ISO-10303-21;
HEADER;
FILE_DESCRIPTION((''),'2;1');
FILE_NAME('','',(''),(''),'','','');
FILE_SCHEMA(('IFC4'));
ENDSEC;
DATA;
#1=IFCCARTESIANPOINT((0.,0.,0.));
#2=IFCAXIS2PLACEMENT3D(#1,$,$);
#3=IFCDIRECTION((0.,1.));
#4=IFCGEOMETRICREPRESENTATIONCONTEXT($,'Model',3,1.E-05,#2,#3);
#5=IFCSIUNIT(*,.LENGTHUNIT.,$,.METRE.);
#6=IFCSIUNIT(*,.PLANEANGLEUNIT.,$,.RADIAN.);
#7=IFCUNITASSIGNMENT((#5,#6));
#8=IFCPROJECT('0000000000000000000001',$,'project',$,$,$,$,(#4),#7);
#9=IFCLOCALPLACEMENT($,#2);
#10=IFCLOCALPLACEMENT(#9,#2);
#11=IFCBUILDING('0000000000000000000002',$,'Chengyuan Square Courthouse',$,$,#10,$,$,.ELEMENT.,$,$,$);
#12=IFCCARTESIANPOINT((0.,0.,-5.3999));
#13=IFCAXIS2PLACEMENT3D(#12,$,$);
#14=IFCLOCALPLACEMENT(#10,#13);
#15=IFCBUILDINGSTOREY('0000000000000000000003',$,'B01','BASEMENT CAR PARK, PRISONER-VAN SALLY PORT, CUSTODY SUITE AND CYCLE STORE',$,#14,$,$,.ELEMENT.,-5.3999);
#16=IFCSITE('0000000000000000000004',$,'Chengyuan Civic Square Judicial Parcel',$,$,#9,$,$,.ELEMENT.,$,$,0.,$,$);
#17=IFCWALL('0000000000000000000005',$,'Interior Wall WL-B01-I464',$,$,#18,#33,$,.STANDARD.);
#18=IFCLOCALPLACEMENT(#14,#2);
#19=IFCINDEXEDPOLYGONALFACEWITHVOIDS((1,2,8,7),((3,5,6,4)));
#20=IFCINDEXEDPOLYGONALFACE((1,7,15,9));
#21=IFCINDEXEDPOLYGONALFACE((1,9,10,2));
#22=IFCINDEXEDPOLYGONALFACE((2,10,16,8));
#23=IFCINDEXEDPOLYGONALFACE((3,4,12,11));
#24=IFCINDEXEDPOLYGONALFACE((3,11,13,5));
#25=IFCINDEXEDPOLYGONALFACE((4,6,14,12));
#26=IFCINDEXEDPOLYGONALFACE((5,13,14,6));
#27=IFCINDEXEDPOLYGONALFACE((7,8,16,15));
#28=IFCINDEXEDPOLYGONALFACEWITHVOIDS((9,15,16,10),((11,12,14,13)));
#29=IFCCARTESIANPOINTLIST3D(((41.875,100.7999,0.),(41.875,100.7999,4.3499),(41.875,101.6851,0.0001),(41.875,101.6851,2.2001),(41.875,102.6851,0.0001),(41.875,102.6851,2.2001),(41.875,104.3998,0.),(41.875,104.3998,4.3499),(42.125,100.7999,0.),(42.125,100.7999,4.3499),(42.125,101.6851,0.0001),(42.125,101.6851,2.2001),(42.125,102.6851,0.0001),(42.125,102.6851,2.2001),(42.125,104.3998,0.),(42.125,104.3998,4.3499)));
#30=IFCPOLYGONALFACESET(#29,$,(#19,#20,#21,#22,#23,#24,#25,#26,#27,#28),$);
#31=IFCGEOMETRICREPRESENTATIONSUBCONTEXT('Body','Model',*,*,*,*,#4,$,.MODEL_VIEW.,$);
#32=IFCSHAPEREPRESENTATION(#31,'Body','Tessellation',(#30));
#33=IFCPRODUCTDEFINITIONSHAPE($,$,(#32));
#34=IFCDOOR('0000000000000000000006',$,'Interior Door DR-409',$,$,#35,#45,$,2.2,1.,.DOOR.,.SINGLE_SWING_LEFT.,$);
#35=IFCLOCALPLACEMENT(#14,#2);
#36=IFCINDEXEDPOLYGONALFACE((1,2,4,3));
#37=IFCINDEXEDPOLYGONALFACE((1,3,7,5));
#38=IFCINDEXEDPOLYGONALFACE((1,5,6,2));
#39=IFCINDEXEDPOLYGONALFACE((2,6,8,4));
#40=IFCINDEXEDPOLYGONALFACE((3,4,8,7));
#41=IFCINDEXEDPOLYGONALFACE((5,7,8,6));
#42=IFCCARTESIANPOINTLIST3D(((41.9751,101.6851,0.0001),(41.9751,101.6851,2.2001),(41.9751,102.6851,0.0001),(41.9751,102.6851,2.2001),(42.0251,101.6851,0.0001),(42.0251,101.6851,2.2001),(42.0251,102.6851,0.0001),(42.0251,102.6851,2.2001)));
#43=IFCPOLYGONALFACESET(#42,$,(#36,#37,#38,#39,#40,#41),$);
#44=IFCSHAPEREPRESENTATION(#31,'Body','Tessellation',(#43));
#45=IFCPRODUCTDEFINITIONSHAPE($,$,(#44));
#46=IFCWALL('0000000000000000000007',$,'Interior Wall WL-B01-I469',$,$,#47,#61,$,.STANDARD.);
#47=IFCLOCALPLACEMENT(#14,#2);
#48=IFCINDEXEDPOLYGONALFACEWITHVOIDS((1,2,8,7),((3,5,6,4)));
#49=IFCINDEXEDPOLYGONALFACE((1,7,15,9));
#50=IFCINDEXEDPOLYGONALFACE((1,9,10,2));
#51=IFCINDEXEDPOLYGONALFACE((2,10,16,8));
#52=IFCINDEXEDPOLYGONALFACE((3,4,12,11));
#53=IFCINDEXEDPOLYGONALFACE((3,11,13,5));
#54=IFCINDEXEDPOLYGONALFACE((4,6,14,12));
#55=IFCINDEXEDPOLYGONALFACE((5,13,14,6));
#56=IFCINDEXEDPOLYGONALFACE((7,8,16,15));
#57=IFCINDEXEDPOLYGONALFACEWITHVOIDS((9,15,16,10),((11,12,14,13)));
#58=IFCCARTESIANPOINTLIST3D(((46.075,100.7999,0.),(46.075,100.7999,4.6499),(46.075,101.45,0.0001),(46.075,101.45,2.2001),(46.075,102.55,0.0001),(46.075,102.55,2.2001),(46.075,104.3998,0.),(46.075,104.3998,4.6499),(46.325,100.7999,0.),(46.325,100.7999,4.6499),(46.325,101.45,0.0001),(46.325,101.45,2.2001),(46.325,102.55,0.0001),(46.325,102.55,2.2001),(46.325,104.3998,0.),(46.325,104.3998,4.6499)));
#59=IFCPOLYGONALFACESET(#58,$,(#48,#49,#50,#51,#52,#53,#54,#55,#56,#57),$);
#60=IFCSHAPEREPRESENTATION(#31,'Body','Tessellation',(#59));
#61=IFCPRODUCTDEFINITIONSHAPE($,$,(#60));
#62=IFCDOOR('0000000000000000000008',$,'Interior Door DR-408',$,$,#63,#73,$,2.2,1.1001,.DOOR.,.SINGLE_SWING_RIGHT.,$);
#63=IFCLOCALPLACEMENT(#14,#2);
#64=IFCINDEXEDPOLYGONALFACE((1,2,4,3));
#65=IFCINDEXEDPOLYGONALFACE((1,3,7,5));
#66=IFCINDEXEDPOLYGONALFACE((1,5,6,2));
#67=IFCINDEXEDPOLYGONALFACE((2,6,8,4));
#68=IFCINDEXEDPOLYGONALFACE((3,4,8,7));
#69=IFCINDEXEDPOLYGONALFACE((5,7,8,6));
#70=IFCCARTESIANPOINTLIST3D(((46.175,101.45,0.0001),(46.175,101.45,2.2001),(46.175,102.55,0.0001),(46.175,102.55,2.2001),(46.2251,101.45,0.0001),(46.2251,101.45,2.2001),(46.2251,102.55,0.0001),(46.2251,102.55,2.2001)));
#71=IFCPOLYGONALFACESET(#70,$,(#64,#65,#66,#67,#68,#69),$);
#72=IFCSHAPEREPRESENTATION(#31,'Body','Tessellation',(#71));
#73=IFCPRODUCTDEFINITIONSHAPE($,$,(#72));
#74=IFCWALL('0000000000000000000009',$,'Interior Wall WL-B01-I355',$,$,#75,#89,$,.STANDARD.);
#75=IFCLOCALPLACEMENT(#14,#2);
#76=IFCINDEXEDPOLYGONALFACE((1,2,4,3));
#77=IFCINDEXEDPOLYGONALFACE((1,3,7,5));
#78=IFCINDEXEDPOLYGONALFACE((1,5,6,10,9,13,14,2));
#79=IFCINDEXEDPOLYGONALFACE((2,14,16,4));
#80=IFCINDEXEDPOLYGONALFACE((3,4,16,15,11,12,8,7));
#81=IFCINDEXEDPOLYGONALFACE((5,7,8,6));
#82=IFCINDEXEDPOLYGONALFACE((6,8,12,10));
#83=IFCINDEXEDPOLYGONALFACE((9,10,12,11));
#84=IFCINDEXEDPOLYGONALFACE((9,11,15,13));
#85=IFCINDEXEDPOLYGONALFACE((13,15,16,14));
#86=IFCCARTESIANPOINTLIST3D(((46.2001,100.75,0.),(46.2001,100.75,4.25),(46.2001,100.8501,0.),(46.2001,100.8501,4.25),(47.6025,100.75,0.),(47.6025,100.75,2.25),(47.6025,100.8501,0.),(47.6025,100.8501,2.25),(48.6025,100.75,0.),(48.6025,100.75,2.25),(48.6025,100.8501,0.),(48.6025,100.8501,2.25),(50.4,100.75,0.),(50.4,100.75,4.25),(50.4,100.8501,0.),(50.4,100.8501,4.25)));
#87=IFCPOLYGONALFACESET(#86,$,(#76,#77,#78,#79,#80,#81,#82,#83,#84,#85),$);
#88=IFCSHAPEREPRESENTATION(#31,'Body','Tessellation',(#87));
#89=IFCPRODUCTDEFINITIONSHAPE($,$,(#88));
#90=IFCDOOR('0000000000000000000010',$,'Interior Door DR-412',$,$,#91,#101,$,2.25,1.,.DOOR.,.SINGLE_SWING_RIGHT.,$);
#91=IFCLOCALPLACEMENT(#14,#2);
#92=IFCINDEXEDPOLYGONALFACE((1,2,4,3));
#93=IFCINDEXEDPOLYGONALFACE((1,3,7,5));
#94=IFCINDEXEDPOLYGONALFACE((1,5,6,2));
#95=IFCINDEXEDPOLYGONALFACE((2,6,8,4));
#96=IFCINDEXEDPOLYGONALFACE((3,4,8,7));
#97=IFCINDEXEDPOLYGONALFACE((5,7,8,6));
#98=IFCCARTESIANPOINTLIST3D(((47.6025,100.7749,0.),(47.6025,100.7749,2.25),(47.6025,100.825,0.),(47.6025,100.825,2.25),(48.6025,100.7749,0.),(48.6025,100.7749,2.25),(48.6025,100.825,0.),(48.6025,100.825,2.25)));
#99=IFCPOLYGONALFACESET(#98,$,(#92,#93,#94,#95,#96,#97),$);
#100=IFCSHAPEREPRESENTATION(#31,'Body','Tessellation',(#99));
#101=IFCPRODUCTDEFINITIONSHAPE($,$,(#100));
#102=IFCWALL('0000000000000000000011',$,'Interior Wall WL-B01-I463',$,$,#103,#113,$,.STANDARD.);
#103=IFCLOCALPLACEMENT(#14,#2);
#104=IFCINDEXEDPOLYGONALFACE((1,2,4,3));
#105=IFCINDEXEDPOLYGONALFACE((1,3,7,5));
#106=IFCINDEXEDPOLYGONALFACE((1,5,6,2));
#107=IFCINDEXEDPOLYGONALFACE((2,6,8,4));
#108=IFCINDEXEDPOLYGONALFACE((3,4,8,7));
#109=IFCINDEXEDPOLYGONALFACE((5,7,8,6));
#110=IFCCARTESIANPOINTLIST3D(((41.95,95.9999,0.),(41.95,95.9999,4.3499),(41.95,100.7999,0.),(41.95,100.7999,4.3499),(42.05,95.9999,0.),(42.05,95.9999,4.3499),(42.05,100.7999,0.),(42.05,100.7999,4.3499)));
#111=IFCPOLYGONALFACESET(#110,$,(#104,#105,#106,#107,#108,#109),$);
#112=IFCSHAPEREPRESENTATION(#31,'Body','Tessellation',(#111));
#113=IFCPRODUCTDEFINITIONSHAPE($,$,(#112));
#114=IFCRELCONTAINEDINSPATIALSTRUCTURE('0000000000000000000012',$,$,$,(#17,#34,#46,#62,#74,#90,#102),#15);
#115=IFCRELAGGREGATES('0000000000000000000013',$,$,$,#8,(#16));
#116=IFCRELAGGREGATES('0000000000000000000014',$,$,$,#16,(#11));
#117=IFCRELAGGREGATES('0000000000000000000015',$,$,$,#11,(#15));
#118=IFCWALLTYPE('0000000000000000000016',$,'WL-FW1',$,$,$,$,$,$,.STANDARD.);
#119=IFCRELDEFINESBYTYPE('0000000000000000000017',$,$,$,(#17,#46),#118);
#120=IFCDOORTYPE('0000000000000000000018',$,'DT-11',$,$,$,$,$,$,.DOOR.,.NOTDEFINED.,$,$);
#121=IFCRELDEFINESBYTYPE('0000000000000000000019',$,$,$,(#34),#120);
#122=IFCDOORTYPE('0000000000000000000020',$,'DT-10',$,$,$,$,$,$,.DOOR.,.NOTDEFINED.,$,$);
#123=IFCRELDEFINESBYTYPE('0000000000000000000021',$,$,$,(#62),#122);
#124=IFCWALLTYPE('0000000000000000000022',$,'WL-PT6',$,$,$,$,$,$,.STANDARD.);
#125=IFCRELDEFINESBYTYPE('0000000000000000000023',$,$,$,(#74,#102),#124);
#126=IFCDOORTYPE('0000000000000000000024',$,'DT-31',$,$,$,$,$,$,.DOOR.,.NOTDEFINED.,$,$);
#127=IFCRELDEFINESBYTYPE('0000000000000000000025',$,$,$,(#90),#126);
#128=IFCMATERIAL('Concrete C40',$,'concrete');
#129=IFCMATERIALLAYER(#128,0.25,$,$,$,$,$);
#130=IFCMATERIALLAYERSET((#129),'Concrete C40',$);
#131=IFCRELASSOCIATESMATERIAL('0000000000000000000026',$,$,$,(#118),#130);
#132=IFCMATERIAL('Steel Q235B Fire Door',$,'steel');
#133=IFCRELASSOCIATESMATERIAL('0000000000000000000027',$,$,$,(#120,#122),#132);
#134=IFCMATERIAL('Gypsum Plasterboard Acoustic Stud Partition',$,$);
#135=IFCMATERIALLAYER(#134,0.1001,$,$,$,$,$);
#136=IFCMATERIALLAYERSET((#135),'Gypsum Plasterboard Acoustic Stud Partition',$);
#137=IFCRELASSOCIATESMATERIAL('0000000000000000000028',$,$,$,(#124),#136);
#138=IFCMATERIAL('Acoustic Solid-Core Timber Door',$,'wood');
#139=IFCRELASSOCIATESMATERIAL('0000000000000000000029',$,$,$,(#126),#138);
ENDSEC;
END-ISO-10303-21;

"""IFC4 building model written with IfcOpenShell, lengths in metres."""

from ifc_helpers import new_model, si_unit, direction, frame, frame_2d, origin, place, context, subcontext, project, spatial, rectangle, extrude, material, layer, layer_set, type_object, element, fill, save


model = new_model("IFC4")

# Units and contexts
model_context = context("Model", 3, precision=1e-05, world=origin(), true_north=direction((0.0, 1.0)))
body_context = subcontext(model_context, "Body", "Model", "MODEL_VIEW")
ifc_project = project(units=[si_unit("LENGTHUNIT", "METRE"), si_unit("PLANEANGLEUNIT", "RADIAN")], contexts=[model_context])

# Site, building, storey
site_placement = place(None, origin())
site = spatial("IfcSite", under=ifc_project, at=site_placement, Name="Chengyuan Civic Square Judicial Parcel", CompositionType="ELEMENT", RefElevation=0.0)
building_placement = place(site_placement, origin())
building = spatial("IfcBuilding", under=site, at=building_placement, Name="Chengyuan Square Courthouse", CompositionType="ELEMENT")
storey_placement = place(building_placement, frame((0.0, 0.0, -5.3999)))
storey = spatial("IfcBuildingStorey", under=building, at=storey_placement, Name="B01", Description="BASEMENT CAR PARK, PRISONER-VAN SALLY PORT, CUSTODY SUITE AND CYCLE STORE", CompositionType="ELEMENT", Elevation=-5.3999)

# Shared definitions
ifc_material_1 = material(Name="Concrete C40", Category="concrete")

# Shared definitions
ifc_layer_1 = layer(ifc_material_1, 0.25)
ifc_layer_set_1 = layer_set([ifc_layer_1], Name="Concrete C40")
wall_type_1 = type_object("IfcWallType", Name="WL-FW1", PredefinedType="STANDARD", material=ifc_layer_set_1)

# Walls, openings, doors
ifc_material_2 = material(Name="Steel Q235B Fire Door", Category="steel")
wall_1_placement = place(storey_placement, frame((42.0, 100.8, 0.0), z_axis=(0.0, 0.0, 1.0), x_axis=(0.0, 1.0, 0.0)))
wall_1 = element("IfcWall", 1, at=wall_1_placement, inside=storey, type_object=wall_type_1, Name="Interior Wall WL-B01-I464", PredefinedType="STANDARD", context=body_context, shape_type="SweptSolid", body=[
    extrude(rectangle(XDim=3.5999, YDim=0.25, at=frame_2d((1.7998, 0.0))), origin(), (0.0, 0.0, 1.0), 4.3499),
])
opening_1_placement = place(wall_1_placement, frame((0.885, 0.0, 0.0)))
opening_1 = element("IfcOpeningElement", 2, at=opening_1_placement, cuts=wall_1, PredefinedType="OPENING", context=body_context, shape_type="SweptSolid", body=[
    extrude(rectangle(XDim=1.0, YDim=2.2, at=frame_2d((0.5, 1.1001))), frame((0.0, 0.137, 0.0), z_axis=(0.0, -1.0, 0.0), x_axis=(1.0, 0.0, 0.0)), (0.0, 0.0, 1.0), 0.2739),
])
door_type_1 = type_object("IfcDoorType", Name="DT-11", OperationType="NOTDEFINED", PredefinedType="DOOR", material=ifc_material_2)
door_1_placement = place(opening_1_placement, origin())
door_1 = element("IfcDoor", 3, at=door_1_placement, inside=storey, type_object=door_type_1, Name="Interior Door DR-409", OperationType="SINGLE_SWING_LEFT", OverallHeight=2.2, OverallWidth=1.0, PredefinedType="DOOR", context=body_context, shape_type="SweptSolid", body=[
    extrude(rectangle(XDim=1.0, YDim=2.2, at=frame_2d((0.5, 1.1001))), frame((0.0, 0.0249, 0.0), z_axis=(0.0, -1.0, 0.0), x_axis=(1.0, 0.0, 0.0)), (0.0, 0.0, 1.0), 0.05),
])
fill(opening_1, door_1)
wall_2_placement = place(storey_placement, frame((46.2, 100.8, 0.0), z_axis=(0.0, 0.0, 1.0), x_axis=(0.0, 1.0, 0.0)))
wall_2 = element("IfcWall", 4, at=wall_2_placement, inside=storey, type_object=wall_type_1, Name="Interior Wall WL-B01-I469", PredefinedType="STANDARD", context=body_context, shape_type="SweptSolid", body=[
    extrude(rectangle(XDim=3.5999, YDim=0.25, at=frame_2d((1.7998, 0.0))), origin(), (0.0, 0.0, 1.0), 4.6499),
])
opening_2_placement = place(wall_2_placement, frame((0.6499, 0.0, 0.0)))
opening_2 = element("IfcOpeningElement", 5, at=opening_2_placement, cuts=wall_2, PredefinedType="OPENING", context=body_context, shape_type="SweptSolid", body=[
    extrude(rectangle(XDim=1.1001, YDim=2.2, at=frame_2d((0.55, 1.1001))), frame((0.0, 0.137, 0.0), z_axis=(0.0, -1.0, 0.0), x_axis=(1.0, 0.0, 0.0)), (0.0, 0.0, 1.0), 0.2739),
])
door_type_2 = type_object("IfcDoorType", Name="DT-10", OperationType="NOTDEFINED", PredefinedType="DOOR", material=ifc_material_2)
door_2_placement = place(opening_2_placement, origin())
door_2 = element("IfcDoor", 6, at=door_2_placement, inside=storey, type_object=door_type_2, Name="Interior Door DR-408", OperationType="SINGLE_SWING_RIGHT", OverallHeight=2.2, OverallWidth=1.1001, PredefinedType="DOOR", context=body_context, shape_type="SweptSolid", body=[
    extrude(rectangle(XDim=1.1001, YDim=2.2, at=frame_2d((0.55, 1.1001))), frame((0.0, 0.0249, 0.0), z_axis=(0.0, -1.0, 0.0), x_axis=(1.0, 0.0, 0.0)), (0.0, 0.0, 1.0), 0.05),
])
fill(opening_2, door_2)
ifc_material_3 = material(Name="Gypsum Plasterboard Acoustic Stud Partition")
ifc_layer_2 = layer(ifc_material_3, 0.1001)
ifc_layer_set_2 = layer_set([ifc_layer_2], Name="Gypsum Plasterboard Acoustic Stud Partition")
wall_type_2 = type_object("IfcWallType", Name="WL-PT6", PredefinedType="STANDARD", material=ifc_layer_set_2)
wall_3_placement = place(storey_placement, frame((46.2, 100.8, 0.0), z_axis=(0.0, 0.0, 1.0), x_axis=(1.0, 0.0, 0.0)))
wall_3 = element("IfcWall", 7, at=wall_3_placement, inside=storey, type_object=wall_type_2, Name="Interior Wall WL-B01-I355", PredefinedType="STANDARD", context=body_context, shape_type="SweptSolid", body=[
    extrude(rectangle(XDim=4.2, YDim=0.1001, at=frame_2d((2.1001, 0.0))), origin(), (0.0, 0.0, 1.0), 4.25),
])
opening_3_placement = place(wall_3_placement, frame((1.4026, 0.0, 0.0)))
opening_3 = element("IfcOpeningElement", 8, at=opening_3_placement, cuts=wall_3, PredefinedType="OPENING", context=body_context, shape_type="SweptSolid", body=[
    extrude(rectangle(XDim=1.0, YDim=2.25, at=frame_2d((0.5, 1.125))), frame((0.0, 0.062, 0.0), z_axis=(0.0, -1.0, 0.0), x_axis=(1.0, 0.0, 0.0)), (0.0, 0.0, 1.0), 0.124),
])
ifc_material_4 = material(Name="Acoustic Solid-Core Timber Door", Category="wood")
door_type_3 = type_object("IfcDoorType", Name="DT-31", OperationType="NOTDEFINED", PredefinedType="DOOR", material=ifc_material_4)
door_3_placement = place(opening_3_placement, origin())
door_3 = element("IfcDoor", 9, at=door_3_placement, inside=storey, type_object=door_type_3, Name="Interior Door DR-412", OperationType="SINGLE_SWING_RIGHT", OverallHeight=2.25, OverallWidth=1.0, PredefinedType="DOOR", context=body_context, shape_type="SweptSolid", body=[
    extrude(rectangle(XDim=1.0, YDim=2.25, at=frame_2d((0.5, 1.125))), frame((0.0, 0.0249, 0.0), z_axis=(0.0, -1.0, 0.0), x_axis=(1.0, 0.0, 0.0)), (0.0, 0.0, 1.0), 0.05),
])
fill(opening_3, door_3)

# Wall
wall_4_placement = place(storey_placement, frame((42.0, 96.0, 0.0), z_axis=(0.0, 0.0, 1.0), x_axis=(0.0, 1.0, 0.0)))
element("IfcWall", 10, at=wall_4_placement, inside=storey, type_object=wall_type_2, Name="Interior Wall WL-B01-I463", PredefinedType="STANDARD", context=body_context, shape_type="SweptSolid", body=[
    extrude(rectangle(XDim=4.8, YDim=0.1001, at=frame_2d((2.3999, 0.0))), origin(), (0.0, 0.0, 1.0), 4.3499),
])

save(model, "model.ifc")
